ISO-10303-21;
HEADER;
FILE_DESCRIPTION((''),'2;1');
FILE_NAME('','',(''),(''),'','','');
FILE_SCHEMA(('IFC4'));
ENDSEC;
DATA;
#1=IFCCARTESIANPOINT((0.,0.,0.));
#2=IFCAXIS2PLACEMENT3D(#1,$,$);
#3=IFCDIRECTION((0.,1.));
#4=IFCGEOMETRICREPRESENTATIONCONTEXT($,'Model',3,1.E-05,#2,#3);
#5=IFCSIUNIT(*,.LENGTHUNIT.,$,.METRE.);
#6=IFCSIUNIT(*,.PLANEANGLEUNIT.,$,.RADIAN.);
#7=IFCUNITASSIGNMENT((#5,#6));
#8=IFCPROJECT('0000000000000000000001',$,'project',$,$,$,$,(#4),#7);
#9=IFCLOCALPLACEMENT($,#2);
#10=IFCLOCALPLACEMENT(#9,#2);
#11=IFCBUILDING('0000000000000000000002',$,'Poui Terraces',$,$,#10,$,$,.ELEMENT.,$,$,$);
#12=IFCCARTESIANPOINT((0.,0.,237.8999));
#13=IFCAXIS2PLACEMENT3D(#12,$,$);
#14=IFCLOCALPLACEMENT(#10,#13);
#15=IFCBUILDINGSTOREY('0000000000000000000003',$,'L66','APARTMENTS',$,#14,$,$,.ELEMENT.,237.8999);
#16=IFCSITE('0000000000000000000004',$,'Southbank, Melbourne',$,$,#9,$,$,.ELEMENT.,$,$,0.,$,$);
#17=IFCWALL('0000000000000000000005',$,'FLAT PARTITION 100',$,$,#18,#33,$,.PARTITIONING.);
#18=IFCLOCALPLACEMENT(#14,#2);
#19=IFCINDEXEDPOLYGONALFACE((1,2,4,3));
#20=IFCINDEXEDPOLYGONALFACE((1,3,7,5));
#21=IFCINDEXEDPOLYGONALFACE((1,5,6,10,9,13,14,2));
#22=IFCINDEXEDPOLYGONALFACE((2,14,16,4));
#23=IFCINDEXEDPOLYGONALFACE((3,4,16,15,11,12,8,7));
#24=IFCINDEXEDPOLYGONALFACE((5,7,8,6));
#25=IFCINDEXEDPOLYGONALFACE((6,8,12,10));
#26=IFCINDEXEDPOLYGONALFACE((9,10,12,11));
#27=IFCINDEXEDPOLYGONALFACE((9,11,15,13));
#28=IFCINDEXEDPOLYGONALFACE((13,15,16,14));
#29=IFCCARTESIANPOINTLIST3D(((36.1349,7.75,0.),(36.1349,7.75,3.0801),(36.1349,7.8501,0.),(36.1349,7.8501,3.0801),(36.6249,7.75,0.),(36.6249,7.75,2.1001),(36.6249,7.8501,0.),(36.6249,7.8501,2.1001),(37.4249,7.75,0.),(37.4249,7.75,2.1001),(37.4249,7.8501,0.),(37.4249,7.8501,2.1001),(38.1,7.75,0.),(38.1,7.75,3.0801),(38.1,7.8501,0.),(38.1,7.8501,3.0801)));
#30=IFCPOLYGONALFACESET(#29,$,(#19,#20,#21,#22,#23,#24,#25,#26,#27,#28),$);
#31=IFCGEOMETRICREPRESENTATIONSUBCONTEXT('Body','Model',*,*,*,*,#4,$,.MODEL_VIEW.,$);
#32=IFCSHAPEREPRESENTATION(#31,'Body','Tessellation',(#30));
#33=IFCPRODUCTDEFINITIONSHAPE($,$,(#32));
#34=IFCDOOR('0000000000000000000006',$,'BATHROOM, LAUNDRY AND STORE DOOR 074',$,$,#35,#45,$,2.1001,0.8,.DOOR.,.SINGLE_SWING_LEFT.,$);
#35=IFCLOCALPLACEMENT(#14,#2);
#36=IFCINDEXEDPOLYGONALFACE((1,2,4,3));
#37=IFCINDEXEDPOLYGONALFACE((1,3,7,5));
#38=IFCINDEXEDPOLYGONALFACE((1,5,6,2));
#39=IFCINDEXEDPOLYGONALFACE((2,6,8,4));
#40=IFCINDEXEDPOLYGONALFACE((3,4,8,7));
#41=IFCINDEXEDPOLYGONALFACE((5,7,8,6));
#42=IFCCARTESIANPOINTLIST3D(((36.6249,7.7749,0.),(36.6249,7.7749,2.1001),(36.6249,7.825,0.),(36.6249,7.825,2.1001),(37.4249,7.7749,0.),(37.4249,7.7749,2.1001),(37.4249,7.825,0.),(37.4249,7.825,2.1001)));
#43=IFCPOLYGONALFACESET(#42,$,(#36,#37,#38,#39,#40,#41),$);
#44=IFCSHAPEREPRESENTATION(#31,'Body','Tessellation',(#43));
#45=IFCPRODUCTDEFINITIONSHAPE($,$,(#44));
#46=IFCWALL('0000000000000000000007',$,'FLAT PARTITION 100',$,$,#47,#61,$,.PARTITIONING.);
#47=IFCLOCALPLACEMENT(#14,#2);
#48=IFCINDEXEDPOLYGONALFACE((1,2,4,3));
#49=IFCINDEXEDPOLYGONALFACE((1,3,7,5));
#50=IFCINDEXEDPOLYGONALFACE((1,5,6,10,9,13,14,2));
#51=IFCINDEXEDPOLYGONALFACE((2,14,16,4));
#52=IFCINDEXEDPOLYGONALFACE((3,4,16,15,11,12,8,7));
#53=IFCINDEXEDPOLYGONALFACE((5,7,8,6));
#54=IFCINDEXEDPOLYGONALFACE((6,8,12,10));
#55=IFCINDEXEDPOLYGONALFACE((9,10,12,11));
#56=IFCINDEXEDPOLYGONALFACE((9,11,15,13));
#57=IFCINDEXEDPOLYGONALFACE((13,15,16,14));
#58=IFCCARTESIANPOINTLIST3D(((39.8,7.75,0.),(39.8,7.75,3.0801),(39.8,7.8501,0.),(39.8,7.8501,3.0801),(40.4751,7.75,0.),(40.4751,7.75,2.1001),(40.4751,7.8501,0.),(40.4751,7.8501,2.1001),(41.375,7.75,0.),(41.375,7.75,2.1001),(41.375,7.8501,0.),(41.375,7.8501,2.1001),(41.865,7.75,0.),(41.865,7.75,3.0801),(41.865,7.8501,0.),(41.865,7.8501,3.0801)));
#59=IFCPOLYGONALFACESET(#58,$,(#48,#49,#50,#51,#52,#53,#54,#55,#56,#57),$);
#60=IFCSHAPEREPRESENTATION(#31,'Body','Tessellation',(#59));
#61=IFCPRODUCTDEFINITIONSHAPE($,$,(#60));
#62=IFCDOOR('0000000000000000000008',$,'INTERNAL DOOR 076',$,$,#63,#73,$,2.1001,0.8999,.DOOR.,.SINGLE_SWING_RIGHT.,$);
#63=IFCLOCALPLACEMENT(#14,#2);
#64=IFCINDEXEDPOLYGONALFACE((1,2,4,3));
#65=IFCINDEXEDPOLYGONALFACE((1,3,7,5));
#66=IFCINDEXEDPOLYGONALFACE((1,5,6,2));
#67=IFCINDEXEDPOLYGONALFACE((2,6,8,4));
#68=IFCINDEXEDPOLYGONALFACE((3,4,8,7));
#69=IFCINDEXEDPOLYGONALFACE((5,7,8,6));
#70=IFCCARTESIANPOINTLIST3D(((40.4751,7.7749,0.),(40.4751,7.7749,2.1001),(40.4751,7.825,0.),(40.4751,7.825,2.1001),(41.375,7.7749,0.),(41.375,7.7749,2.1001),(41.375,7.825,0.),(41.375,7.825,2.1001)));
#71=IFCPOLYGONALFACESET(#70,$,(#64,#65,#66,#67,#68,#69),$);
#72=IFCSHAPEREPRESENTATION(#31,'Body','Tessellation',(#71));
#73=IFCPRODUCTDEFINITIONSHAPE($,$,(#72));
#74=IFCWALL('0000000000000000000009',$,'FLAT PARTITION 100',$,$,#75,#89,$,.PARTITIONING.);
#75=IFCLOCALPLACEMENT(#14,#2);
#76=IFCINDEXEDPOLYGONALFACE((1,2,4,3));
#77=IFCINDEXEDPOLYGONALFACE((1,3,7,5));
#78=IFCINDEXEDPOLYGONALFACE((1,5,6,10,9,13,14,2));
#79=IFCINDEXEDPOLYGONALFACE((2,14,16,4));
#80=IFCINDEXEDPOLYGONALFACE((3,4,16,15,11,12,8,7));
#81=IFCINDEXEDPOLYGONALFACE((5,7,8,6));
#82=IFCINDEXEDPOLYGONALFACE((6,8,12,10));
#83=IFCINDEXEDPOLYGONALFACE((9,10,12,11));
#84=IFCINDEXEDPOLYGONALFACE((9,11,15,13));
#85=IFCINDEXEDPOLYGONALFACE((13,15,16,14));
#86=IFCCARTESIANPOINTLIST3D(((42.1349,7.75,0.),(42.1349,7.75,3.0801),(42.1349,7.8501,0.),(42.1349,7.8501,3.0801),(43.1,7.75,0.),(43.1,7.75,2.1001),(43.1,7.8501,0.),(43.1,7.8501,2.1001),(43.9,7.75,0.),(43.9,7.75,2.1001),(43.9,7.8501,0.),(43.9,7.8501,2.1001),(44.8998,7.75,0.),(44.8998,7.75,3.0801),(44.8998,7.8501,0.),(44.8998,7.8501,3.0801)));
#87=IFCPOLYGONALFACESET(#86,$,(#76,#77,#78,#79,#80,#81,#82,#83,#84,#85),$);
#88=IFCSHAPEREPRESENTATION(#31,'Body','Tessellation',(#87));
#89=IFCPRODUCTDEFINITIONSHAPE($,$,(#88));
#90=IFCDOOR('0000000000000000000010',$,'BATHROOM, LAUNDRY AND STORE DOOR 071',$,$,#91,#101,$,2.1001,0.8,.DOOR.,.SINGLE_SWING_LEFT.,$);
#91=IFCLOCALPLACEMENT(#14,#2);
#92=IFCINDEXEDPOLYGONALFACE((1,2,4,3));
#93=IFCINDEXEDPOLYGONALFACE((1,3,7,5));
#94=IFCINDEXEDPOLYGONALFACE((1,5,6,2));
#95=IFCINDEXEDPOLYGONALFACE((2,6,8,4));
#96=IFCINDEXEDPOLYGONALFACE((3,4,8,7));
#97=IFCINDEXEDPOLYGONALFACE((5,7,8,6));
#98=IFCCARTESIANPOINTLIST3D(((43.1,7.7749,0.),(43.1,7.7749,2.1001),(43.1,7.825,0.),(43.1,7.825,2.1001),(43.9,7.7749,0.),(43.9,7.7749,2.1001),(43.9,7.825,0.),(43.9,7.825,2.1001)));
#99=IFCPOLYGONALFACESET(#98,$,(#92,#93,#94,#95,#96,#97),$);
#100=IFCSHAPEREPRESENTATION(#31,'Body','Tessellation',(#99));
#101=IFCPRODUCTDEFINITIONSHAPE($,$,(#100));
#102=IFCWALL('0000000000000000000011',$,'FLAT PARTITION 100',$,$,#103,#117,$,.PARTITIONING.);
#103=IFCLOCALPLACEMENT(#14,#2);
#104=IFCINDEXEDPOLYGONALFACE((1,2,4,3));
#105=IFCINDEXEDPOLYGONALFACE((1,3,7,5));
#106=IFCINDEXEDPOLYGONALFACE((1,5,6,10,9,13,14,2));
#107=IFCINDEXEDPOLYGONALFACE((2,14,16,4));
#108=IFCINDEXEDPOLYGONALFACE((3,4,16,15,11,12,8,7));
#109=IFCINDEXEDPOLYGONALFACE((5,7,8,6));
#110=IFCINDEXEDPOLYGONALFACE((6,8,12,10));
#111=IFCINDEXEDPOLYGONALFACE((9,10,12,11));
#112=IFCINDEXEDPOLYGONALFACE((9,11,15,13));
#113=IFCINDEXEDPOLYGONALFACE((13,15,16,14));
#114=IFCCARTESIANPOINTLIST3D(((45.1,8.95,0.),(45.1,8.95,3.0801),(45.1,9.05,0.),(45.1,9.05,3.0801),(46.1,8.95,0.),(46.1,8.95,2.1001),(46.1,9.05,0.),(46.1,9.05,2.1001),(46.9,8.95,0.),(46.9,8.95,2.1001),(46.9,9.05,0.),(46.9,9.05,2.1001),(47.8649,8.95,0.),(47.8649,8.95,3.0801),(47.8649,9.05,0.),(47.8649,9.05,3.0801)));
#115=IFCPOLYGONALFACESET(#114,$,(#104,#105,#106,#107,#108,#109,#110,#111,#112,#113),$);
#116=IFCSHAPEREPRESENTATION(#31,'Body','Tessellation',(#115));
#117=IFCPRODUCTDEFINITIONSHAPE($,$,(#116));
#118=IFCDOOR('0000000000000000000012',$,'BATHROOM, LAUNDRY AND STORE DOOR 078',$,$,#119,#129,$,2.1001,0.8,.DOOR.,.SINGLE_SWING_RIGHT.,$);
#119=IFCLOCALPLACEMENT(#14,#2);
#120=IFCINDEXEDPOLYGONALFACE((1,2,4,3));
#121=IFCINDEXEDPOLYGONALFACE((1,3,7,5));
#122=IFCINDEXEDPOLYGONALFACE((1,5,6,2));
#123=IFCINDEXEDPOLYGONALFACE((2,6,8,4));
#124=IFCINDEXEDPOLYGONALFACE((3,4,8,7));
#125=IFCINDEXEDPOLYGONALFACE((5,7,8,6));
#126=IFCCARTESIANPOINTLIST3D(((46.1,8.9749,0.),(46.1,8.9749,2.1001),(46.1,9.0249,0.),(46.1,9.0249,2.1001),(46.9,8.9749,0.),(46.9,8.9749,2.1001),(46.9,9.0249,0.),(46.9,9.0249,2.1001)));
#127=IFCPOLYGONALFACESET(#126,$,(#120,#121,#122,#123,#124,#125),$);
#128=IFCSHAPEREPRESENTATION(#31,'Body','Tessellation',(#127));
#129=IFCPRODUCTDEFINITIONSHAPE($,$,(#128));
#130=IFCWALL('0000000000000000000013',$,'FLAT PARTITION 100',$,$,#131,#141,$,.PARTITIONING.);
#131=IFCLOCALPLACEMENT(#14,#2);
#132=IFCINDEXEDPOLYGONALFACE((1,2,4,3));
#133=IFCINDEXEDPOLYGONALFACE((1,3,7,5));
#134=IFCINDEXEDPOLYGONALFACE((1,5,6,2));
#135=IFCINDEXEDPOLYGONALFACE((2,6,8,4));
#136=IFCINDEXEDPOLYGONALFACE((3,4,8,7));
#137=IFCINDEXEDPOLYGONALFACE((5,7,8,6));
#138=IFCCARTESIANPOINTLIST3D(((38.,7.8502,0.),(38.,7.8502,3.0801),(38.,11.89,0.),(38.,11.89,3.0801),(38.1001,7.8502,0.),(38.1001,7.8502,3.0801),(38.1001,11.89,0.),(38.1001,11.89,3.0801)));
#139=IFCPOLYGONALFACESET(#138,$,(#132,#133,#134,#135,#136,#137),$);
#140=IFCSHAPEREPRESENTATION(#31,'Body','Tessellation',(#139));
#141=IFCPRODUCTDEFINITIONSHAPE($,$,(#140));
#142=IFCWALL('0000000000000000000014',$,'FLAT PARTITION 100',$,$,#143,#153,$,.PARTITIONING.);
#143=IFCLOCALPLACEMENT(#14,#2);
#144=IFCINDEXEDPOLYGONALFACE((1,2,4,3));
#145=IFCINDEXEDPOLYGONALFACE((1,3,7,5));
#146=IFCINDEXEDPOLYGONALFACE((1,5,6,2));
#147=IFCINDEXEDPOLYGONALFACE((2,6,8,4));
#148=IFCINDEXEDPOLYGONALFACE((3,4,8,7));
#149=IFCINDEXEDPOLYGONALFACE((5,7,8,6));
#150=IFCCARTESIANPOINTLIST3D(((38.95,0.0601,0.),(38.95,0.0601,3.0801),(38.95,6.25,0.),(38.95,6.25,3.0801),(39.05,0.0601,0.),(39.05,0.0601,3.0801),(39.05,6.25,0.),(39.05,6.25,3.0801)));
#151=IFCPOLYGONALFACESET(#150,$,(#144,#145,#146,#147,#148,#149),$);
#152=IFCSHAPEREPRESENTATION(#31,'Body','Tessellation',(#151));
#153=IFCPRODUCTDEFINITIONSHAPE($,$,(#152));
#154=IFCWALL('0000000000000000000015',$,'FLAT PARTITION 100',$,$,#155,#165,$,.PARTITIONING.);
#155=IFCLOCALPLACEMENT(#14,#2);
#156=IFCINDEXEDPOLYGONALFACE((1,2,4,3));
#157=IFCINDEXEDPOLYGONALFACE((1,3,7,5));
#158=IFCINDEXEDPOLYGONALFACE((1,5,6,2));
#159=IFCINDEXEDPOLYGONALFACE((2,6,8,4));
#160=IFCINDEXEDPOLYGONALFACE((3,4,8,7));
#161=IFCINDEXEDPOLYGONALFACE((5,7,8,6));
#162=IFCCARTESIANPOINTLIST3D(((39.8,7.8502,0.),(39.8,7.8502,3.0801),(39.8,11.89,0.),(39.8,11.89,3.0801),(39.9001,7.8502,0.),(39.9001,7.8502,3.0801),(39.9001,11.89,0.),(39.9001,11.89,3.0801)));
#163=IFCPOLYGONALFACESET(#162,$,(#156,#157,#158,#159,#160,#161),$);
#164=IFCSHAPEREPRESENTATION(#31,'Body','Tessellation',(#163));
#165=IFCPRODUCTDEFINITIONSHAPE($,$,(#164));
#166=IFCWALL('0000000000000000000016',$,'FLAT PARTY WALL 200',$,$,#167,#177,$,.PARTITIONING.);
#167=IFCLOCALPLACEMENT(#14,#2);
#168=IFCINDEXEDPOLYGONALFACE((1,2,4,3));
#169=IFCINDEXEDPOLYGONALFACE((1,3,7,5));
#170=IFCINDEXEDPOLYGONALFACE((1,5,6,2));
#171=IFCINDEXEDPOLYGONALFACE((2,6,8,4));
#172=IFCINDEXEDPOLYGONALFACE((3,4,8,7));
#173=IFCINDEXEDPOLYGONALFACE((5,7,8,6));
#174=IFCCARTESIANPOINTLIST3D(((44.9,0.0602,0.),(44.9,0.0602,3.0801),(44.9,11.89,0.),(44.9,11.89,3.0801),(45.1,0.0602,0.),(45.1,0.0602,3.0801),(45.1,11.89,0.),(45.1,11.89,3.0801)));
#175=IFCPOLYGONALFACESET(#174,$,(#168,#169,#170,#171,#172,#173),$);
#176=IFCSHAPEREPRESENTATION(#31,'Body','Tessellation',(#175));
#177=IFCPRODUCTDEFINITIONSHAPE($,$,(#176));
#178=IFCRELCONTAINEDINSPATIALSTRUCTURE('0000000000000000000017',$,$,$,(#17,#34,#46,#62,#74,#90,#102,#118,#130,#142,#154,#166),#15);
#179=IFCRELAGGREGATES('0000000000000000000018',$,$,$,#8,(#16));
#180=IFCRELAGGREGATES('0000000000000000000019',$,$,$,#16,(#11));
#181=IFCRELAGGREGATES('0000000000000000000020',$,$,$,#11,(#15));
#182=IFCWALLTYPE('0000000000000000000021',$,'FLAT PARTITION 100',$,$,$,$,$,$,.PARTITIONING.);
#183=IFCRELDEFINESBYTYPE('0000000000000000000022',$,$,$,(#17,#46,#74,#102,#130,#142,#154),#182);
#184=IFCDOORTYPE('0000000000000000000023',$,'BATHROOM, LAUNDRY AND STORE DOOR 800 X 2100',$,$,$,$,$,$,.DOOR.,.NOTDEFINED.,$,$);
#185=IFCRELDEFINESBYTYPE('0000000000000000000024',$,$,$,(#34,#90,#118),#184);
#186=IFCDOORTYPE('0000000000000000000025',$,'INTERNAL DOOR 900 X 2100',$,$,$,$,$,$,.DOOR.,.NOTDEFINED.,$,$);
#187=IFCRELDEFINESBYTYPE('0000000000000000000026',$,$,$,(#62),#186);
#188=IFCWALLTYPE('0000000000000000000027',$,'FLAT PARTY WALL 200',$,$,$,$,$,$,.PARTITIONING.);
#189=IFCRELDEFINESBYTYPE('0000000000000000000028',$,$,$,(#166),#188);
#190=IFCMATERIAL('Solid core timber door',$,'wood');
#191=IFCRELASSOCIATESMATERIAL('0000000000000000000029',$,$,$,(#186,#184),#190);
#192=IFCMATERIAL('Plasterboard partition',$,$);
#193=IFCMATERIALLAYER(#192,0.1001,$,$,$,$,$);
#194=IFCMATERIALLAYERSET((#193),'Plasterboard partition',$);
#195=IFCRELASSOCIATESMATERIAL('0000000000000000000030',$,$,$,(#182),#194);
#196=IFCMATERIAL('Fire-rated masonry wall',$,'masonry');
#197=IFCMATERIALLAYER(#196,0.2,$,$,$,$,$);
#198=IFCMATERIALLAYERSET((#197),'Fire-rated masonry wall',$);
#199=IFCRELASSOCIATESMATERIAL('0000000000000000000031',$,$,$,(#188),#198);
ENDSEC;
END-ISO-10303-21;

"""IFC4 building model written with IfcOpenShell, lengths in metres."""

from ifc_helpers import new_model, si_unit, direction, frame, frame_2d, origin, place, context, subcontext, project, spatial, rectangle, extrude, material, layer, layer_set, type_object, element, fill, save


model = new_model("IFC4")

# Units and contexts
model_context = context("Model", 3, precision=1e-05, world=origin(), true_north=direction((0.0, 1.0)))
body_context = subcontext(model_context, "Body", "Model", "MODEL_VIEW")
ifc_project = project(units=[si_unit("LENGTHUNIT", "METRE"), si_unit("PLANEANGLEUNIT", "RADIAN")], contexts=[model_context])

# Site, building, storey
site_placement = place(None, origin())
site = spatial("IfcSite", under=ifc_project, at=site_placement, Name="Southbank, Melbourne", CompositionType="ELEMENT", RefElevation=0.0)
building_placement = place(site_placement, origin())
building = spatial("IfcBuilding", under=site, at=building_placement, Name="Poui Terraces", CompositionType="ELEMENT")
storey_placement = place(building_placement, frame((0.0, 0.0, 237.8999)))
storey = spatial("IfcBuildingStorey", under=building, at=storey_placement, Name="L66", Description="APARTMENTS", CompositionType="ELEMENT", Elevation=237.8999)

# Walls, openings, doors
ifc_material_1 = material(Name="Solid core timber door", Category="wood")
door_type_1 = type_object("IfcDoorType", Name="INTERNAL DOOR 900 X 2100", OperationType="NOTDEFINED", PredefinedType="DOOR", material=ifc_material_1)
ifc_material_2 = material(Name="Plasterboard partition")
ifc_layer_1 = layer(ifc_material_2, 0.1001)
ifc_layer_set_1 = layer_set([ifc_layer_1], Name="Plasterboard partition")
wall_type_1 = type_object("IfcWallType", Name="FLAT PARTITION 100", PredefinedType="PARTITIONING", material=ifc_layer_set_1)
wall_1_placement = place(storey_placement, frame((36.135, 7.8, 0.0), z_axis=(0.0, 0.0, 1.0), x_axis=(1.0, 0.0, 0.0)))
wall_1 = element("IfcWall", 1, at=wall_1_placement, inside=storey, type_object=wall_type_1, Name="FLAT PARTITION 100", PredefinedType="PARTITIONING", context=body_context, shape_type="SweptSolid", body=[
    extrude(rectangle(XDim=1.9651, YDim=0.1001, at=frame_2d((0.9824, 0.0))), origin(), (0.0, 0.0, 1.0), 3.0801),
])
opening_1_placement = place(wall_1_placement, frame((0.49, 0.0, 0.0)))
opening_1 = element("IfcOpeningElement", 2, at=opening_1_placement, cuts=wall_1, PredefinedType="OPENING", context=body_context, shape_type="SweptSolid", body=[
    extrude(rectangle(XDim=0.8, YDim=2.1001, at=frame_2d((0.3999, 1.05))), frame((0.0, 0.0601, 0.0), z_axis=(0.0, -1.0, 0.0), x_axis=(1.0, 0.0, 0.0)), (0.0, 0.0, 1.0), 0.1201),
])
door_type_2 = type_object("IfcDoorType", Name="BATHROOM, LAUNDRY AND STORE DOOR 800 X 2100", OperationType="NOTDEFINED", PredefinedType="DOOR", material=ifc_material_1)
door_1_placement = place(opening_1_placement, origin())
door_1 = element("IfcDoor", 3, at=door_1_placement, inside=storey, type_object=door_type_2, Name="BATHROOM, LAUNDRY AND STORE DOOR 074", OperationType="SINGLE_SWING_LEFT", OverallHeight=2.1001, OverallWidth=0.8, PredefinedType="DOOR", context=body_context, shape_type="SweptSolid", body=[
    extrude(rectangle(XDim=0.8, YDim=2.1001, at=frame_2d((0.3999, 1.05))), frame((0.0, 0.0249, 0.0), z_axis=(0.0, -1.0, 0.0), x_axis=(1.0, 0.0, 0.0)), (0.0, 0.0, 1.0), 0.05),
])
fill(opening_1, door_1)
wall_2_placement = place(storey_placement, frame((39.8, 7.8, 0.0), z_axis=(0.0, 0.0, 1.0), x_axis=(1.0, 0.0, 0.0)))
wall_2 = element("IfcWall", 4, at=wall_2_placement, inside=storey, type_object=wall_type_1, Name="FLAT PARTITION 100", PredefinedType="PARTITIONING", context=body_context, shape_type="SweptSolid", body=[
    extrude(rectangle(XDim=2.0649, YDim=0.1001, at=frame_2d((1.0325, 0.0))), origin(), (0.0, 0.0, 1.0), 3.0801),
])
opening_2_placement = place(wall_2_placement, frame((0.675, 0.0, 0.0)))
opening_2 = element("IfcOpeningElement", 5, at=opening_2_placement, cuts=wall_2, PredefinedType="OPENING", context=body_context, shape_type="SweptSolid", body=[
    extrude(rectangle(XDim=0.8999, YDim=2.1001, at=frame_2d((0.45, 1.05))), frame((0.0, 0.0601, 0.0), z_axis=(0.0, -1.0, 0.0), x_axis=(1.0, 0.0, 0.0)), (0.0, 0.0, 1.0), 0.1201),
])
door_2_placement = place(opening_2_placement, origin())
door_2 = element("IfcDoor", 6, at=door_2_placement, inside=storey, type_object=door_type_1, Name="INTERNAL DOOR 076", OperationType="SINGLE_SWING_RIGHT", OverallHeight=2.1001, OverallWidth=0.8999, PredefinedType="DOOR", context=body_context, shape_type="SweptSolid", body=[
    extrude(rectangle(XDim=0.8999, YDim=2.1001, at=frame_2d((0.45, 1.05))), frame((0.0, 0.0249, 0.0), z_axis=(0.0, -1.0, 0.0), x_axis=(1.0, 0.0, 0.0)), (0.0, 0.0, 1.0), 0.05),
])
fill(opening_2, door_2)
wall_3_placement = place(storey_placement, frame((42.135, 7.8, 0.0), z_axis=(0.0, 0.0, 1.0), x_axis=(1.0, 0.0, 0.0)))
wall_3 = element("IfcWall", 7, at=wall_3_placement, inside=storey, type_object=wall_type_1, Name="FLAT PARTITION 100", PredefinedType="PARTITIONING", context=body_context, shape_type="SweptSolid", body=[
    extrude(rectangle(XDim=2.7649, YDim=0.1001, at=frame_2d((1.3823, 0.0))), origin(), (0.0, 0.0, 1.0), 3.0801),
])
opening_3_placement = place(wall_3_placement, frame((0.9651, 0.0, 0.0)))
opening_3 = element("IfcOpeningElement", 8, at=opening_3_placement, cuts=wall_3, PredefinedType="OPENING", context=body_context, shape_type="SweptSolid", body=[
    extrude(rectangle(XDim=0.8, YDim=2.1001, at=frame_2d((0.3999, 1.05))), frame((0.0, 0.0601, 0.0), z_axis=(0.0, -1.0, 0.0), x_axis=(1.0, 0.0, 0.0)), (0.0, 0.0, 1.0), 0.1201),
])
door_3_placement = place(opening_3_placement, origin())
door_3 = element("IfcDoor", 9, at=door_3_placement, inside=storey, type_object=door_type_2, Name="BATHROOM, LAUNDRY AND STORE DOOR 071", OperationType="SINGLE_SWING_LEFT", OverallHeight=2.1001, OverallWidth=0.8, PredefinedType="DOOR", context=body_context, shape_type="SweptSolid", body=[
    extrude(rectangle(XDim=0.8, YDim=2.1001, at=frame_2d((0.3999, 1.05))), frame((0.0, 0.0249, 0.0), z_axis=(0.0, -1.0, 0.0), x_axis=(1.0, 0.0, 0.0)), (0.0, 0.0, 1.0), 0.05),
])
fill(opening_3, door_3)
wall_4_placement = place(storey_placement, frame((45.1001, 9.0, 0.0), z_axis=(0.0, 0.0, 1.0), x_axis=(1.0, 0.0, 0.0)))
wall_4 = element("IfcWall", 10, at=wall_4_placement, inside=storey, type_object=wall_type_1, Name="FLAT PARTITION 100", PredefinedType="PARTITIONING", context=body_context, shape_type="SweptSolid", body=[
    extrude(rectangle(XDim=2.7649, YDim=0.1001, at=frame_2d((1.3823, 0.0))), origin(), (0.0, 0.0, 1.0), 3.0801),
])
opening_4_placement = place(wall_4_placement, frame((1.0, 0.0, 0.0)))
opening_4 = element("IfcOpeningElement", 11, at=opening_4_placement, cuts=wall_4, PredefinedType="OPENING", context=body_context, shape_type="SweptSolid", body=[
    extrude(rectangle(XDim=0.8, YDim=2.1001, at=frame_2d((0.3999, 1.05))), frame((0.0, 0.0601, 0.0), z_axis=(0.0, -1.0, 0.0), x_axis=(1.0, 0.0, 0.0)), (0.0, 0.0, 1.0), 0.1201),
])
door_4_placement = place(opening_4_placement, origin())
door_4 = element("IfcDoor", 12, at=door_4_placement, inside=storey, type_object=door_type_2, Name="BATHROOM, LAUNDRY AND STORE DOOR 078", OperationType="SINGLE_SWING_RIGHT", OverallHeight=2.1001, OverallWidth=0.8, PredefinedType="DOOR", context=body_context, shape_type="SweptSolid", body=[
    extrude(rectangle(XDim=0.8, YDim=2.1001, at=frame_2d((0.3999, 1.05))), frame((0.0, 0.0249, 0.0), z_axis=(0.0, -1.0, 0.0), x_axis=(1.0, 0.0, 0.0)), (0.0, 0.0, 1.0), 0.05),
])
fill(opening_4, door_4)

# Walls
wall_5_placement = place(storey_placement, frame((38.05, 7.8501, 0.0), z_axis=(0.0, 0.0, 1.0), x_axis=(0.0, 1.0, 0.0)))
element("IfcWall", 13, at=wall_5_placement, inside=storey, type_object=wall_type_1, Name="FLAT PARTITION 100", PredefinedType="PARTITIONING", context=body_context, shape_type="SweptSolid", body=[
    extrude(rectangle(XDim=4.0398, YDim=0.1001, at=frame_2d((2.02, 0.0))), origin(), (0.0, 0.0, 1.0), 3.0801),
])
wall_6_placement = place(storey_placement, frame((39.0, 0.0601, 0.0), z_axis=(0.0, 0.0, 1.0), x_axis=(0.0, 1.0, 0.0)))
element("IfcWall", 14, at=wall_6_placement, inside=storey, type_object=wall_type_1, Name="FLAT PARTITION 100", PredefinedType="PARTITIONING", context=body_context, shape_type="SweptSolid", body=[
    extrude(rectangle(XDim=6.1899, YDim=0.1001, at=frame_2d((3.095, 0.0))), origin(), (0.0, 0.0, 1.0), 3.0801),
])
wall_7_placement = place(storey_placement, frame((39.8501, 7.8501, 0.0), z_axis=(0.0, 0.0, 1.0), x_axis=(0.0, 1.0, 0.0)))
element("IfcWall", 15, at=wall_7_placement, inside=storey, type_object=wall_type_1, Name="FLAT PARTITION 100", PredefinedType="PARTITIONING", context=body_context, shape_type="SweptSolid", body=[
    extrude(rectangle(XDim=4.0398, YDim=0.1001, at=frame_2d((2.02, 0.0))), origin(), (0.0, 0.0, 1.0), 3.0801),
])
ifc_material_3 = material(Name="Fire-rated masonry wall", Category="masonry")
ifc_layer_2 = layer(ifc_material_3, 0.2)
ifc_layer_set_2 = layer_set([ifc_layer_2], Name="Fire-rated masonry wall")
wall_type_2 = type_object("IfcWallType", Name="FLAT PARTY WALL 200", PredefinedType="PARTITIONING", material=ifc_layer_set_2)
wall_8_placement = place(storey_placement, frame((45.0, 0.0601, 0.0), z_axis=(0.0, 0.0, 1.0), x_axis=(0.0, 1.0, 0.0)))
element("IfcWall", 16, at=wall_8_placement, inside=storey, type_object=wall_type_2, Name="FLAT PARTY WALL 200", PredefinedType="PARTITIONING", context=body_context, shape_type="SweptSolid", body=[
    extrude(rectangle(XDim=11.8298, YDim=0.2, at=frame_2d((5.915, 0.0))), origin(), (0.0, 0.0, 1.0), 3.0801),
])

save(model, "model.ifc")
